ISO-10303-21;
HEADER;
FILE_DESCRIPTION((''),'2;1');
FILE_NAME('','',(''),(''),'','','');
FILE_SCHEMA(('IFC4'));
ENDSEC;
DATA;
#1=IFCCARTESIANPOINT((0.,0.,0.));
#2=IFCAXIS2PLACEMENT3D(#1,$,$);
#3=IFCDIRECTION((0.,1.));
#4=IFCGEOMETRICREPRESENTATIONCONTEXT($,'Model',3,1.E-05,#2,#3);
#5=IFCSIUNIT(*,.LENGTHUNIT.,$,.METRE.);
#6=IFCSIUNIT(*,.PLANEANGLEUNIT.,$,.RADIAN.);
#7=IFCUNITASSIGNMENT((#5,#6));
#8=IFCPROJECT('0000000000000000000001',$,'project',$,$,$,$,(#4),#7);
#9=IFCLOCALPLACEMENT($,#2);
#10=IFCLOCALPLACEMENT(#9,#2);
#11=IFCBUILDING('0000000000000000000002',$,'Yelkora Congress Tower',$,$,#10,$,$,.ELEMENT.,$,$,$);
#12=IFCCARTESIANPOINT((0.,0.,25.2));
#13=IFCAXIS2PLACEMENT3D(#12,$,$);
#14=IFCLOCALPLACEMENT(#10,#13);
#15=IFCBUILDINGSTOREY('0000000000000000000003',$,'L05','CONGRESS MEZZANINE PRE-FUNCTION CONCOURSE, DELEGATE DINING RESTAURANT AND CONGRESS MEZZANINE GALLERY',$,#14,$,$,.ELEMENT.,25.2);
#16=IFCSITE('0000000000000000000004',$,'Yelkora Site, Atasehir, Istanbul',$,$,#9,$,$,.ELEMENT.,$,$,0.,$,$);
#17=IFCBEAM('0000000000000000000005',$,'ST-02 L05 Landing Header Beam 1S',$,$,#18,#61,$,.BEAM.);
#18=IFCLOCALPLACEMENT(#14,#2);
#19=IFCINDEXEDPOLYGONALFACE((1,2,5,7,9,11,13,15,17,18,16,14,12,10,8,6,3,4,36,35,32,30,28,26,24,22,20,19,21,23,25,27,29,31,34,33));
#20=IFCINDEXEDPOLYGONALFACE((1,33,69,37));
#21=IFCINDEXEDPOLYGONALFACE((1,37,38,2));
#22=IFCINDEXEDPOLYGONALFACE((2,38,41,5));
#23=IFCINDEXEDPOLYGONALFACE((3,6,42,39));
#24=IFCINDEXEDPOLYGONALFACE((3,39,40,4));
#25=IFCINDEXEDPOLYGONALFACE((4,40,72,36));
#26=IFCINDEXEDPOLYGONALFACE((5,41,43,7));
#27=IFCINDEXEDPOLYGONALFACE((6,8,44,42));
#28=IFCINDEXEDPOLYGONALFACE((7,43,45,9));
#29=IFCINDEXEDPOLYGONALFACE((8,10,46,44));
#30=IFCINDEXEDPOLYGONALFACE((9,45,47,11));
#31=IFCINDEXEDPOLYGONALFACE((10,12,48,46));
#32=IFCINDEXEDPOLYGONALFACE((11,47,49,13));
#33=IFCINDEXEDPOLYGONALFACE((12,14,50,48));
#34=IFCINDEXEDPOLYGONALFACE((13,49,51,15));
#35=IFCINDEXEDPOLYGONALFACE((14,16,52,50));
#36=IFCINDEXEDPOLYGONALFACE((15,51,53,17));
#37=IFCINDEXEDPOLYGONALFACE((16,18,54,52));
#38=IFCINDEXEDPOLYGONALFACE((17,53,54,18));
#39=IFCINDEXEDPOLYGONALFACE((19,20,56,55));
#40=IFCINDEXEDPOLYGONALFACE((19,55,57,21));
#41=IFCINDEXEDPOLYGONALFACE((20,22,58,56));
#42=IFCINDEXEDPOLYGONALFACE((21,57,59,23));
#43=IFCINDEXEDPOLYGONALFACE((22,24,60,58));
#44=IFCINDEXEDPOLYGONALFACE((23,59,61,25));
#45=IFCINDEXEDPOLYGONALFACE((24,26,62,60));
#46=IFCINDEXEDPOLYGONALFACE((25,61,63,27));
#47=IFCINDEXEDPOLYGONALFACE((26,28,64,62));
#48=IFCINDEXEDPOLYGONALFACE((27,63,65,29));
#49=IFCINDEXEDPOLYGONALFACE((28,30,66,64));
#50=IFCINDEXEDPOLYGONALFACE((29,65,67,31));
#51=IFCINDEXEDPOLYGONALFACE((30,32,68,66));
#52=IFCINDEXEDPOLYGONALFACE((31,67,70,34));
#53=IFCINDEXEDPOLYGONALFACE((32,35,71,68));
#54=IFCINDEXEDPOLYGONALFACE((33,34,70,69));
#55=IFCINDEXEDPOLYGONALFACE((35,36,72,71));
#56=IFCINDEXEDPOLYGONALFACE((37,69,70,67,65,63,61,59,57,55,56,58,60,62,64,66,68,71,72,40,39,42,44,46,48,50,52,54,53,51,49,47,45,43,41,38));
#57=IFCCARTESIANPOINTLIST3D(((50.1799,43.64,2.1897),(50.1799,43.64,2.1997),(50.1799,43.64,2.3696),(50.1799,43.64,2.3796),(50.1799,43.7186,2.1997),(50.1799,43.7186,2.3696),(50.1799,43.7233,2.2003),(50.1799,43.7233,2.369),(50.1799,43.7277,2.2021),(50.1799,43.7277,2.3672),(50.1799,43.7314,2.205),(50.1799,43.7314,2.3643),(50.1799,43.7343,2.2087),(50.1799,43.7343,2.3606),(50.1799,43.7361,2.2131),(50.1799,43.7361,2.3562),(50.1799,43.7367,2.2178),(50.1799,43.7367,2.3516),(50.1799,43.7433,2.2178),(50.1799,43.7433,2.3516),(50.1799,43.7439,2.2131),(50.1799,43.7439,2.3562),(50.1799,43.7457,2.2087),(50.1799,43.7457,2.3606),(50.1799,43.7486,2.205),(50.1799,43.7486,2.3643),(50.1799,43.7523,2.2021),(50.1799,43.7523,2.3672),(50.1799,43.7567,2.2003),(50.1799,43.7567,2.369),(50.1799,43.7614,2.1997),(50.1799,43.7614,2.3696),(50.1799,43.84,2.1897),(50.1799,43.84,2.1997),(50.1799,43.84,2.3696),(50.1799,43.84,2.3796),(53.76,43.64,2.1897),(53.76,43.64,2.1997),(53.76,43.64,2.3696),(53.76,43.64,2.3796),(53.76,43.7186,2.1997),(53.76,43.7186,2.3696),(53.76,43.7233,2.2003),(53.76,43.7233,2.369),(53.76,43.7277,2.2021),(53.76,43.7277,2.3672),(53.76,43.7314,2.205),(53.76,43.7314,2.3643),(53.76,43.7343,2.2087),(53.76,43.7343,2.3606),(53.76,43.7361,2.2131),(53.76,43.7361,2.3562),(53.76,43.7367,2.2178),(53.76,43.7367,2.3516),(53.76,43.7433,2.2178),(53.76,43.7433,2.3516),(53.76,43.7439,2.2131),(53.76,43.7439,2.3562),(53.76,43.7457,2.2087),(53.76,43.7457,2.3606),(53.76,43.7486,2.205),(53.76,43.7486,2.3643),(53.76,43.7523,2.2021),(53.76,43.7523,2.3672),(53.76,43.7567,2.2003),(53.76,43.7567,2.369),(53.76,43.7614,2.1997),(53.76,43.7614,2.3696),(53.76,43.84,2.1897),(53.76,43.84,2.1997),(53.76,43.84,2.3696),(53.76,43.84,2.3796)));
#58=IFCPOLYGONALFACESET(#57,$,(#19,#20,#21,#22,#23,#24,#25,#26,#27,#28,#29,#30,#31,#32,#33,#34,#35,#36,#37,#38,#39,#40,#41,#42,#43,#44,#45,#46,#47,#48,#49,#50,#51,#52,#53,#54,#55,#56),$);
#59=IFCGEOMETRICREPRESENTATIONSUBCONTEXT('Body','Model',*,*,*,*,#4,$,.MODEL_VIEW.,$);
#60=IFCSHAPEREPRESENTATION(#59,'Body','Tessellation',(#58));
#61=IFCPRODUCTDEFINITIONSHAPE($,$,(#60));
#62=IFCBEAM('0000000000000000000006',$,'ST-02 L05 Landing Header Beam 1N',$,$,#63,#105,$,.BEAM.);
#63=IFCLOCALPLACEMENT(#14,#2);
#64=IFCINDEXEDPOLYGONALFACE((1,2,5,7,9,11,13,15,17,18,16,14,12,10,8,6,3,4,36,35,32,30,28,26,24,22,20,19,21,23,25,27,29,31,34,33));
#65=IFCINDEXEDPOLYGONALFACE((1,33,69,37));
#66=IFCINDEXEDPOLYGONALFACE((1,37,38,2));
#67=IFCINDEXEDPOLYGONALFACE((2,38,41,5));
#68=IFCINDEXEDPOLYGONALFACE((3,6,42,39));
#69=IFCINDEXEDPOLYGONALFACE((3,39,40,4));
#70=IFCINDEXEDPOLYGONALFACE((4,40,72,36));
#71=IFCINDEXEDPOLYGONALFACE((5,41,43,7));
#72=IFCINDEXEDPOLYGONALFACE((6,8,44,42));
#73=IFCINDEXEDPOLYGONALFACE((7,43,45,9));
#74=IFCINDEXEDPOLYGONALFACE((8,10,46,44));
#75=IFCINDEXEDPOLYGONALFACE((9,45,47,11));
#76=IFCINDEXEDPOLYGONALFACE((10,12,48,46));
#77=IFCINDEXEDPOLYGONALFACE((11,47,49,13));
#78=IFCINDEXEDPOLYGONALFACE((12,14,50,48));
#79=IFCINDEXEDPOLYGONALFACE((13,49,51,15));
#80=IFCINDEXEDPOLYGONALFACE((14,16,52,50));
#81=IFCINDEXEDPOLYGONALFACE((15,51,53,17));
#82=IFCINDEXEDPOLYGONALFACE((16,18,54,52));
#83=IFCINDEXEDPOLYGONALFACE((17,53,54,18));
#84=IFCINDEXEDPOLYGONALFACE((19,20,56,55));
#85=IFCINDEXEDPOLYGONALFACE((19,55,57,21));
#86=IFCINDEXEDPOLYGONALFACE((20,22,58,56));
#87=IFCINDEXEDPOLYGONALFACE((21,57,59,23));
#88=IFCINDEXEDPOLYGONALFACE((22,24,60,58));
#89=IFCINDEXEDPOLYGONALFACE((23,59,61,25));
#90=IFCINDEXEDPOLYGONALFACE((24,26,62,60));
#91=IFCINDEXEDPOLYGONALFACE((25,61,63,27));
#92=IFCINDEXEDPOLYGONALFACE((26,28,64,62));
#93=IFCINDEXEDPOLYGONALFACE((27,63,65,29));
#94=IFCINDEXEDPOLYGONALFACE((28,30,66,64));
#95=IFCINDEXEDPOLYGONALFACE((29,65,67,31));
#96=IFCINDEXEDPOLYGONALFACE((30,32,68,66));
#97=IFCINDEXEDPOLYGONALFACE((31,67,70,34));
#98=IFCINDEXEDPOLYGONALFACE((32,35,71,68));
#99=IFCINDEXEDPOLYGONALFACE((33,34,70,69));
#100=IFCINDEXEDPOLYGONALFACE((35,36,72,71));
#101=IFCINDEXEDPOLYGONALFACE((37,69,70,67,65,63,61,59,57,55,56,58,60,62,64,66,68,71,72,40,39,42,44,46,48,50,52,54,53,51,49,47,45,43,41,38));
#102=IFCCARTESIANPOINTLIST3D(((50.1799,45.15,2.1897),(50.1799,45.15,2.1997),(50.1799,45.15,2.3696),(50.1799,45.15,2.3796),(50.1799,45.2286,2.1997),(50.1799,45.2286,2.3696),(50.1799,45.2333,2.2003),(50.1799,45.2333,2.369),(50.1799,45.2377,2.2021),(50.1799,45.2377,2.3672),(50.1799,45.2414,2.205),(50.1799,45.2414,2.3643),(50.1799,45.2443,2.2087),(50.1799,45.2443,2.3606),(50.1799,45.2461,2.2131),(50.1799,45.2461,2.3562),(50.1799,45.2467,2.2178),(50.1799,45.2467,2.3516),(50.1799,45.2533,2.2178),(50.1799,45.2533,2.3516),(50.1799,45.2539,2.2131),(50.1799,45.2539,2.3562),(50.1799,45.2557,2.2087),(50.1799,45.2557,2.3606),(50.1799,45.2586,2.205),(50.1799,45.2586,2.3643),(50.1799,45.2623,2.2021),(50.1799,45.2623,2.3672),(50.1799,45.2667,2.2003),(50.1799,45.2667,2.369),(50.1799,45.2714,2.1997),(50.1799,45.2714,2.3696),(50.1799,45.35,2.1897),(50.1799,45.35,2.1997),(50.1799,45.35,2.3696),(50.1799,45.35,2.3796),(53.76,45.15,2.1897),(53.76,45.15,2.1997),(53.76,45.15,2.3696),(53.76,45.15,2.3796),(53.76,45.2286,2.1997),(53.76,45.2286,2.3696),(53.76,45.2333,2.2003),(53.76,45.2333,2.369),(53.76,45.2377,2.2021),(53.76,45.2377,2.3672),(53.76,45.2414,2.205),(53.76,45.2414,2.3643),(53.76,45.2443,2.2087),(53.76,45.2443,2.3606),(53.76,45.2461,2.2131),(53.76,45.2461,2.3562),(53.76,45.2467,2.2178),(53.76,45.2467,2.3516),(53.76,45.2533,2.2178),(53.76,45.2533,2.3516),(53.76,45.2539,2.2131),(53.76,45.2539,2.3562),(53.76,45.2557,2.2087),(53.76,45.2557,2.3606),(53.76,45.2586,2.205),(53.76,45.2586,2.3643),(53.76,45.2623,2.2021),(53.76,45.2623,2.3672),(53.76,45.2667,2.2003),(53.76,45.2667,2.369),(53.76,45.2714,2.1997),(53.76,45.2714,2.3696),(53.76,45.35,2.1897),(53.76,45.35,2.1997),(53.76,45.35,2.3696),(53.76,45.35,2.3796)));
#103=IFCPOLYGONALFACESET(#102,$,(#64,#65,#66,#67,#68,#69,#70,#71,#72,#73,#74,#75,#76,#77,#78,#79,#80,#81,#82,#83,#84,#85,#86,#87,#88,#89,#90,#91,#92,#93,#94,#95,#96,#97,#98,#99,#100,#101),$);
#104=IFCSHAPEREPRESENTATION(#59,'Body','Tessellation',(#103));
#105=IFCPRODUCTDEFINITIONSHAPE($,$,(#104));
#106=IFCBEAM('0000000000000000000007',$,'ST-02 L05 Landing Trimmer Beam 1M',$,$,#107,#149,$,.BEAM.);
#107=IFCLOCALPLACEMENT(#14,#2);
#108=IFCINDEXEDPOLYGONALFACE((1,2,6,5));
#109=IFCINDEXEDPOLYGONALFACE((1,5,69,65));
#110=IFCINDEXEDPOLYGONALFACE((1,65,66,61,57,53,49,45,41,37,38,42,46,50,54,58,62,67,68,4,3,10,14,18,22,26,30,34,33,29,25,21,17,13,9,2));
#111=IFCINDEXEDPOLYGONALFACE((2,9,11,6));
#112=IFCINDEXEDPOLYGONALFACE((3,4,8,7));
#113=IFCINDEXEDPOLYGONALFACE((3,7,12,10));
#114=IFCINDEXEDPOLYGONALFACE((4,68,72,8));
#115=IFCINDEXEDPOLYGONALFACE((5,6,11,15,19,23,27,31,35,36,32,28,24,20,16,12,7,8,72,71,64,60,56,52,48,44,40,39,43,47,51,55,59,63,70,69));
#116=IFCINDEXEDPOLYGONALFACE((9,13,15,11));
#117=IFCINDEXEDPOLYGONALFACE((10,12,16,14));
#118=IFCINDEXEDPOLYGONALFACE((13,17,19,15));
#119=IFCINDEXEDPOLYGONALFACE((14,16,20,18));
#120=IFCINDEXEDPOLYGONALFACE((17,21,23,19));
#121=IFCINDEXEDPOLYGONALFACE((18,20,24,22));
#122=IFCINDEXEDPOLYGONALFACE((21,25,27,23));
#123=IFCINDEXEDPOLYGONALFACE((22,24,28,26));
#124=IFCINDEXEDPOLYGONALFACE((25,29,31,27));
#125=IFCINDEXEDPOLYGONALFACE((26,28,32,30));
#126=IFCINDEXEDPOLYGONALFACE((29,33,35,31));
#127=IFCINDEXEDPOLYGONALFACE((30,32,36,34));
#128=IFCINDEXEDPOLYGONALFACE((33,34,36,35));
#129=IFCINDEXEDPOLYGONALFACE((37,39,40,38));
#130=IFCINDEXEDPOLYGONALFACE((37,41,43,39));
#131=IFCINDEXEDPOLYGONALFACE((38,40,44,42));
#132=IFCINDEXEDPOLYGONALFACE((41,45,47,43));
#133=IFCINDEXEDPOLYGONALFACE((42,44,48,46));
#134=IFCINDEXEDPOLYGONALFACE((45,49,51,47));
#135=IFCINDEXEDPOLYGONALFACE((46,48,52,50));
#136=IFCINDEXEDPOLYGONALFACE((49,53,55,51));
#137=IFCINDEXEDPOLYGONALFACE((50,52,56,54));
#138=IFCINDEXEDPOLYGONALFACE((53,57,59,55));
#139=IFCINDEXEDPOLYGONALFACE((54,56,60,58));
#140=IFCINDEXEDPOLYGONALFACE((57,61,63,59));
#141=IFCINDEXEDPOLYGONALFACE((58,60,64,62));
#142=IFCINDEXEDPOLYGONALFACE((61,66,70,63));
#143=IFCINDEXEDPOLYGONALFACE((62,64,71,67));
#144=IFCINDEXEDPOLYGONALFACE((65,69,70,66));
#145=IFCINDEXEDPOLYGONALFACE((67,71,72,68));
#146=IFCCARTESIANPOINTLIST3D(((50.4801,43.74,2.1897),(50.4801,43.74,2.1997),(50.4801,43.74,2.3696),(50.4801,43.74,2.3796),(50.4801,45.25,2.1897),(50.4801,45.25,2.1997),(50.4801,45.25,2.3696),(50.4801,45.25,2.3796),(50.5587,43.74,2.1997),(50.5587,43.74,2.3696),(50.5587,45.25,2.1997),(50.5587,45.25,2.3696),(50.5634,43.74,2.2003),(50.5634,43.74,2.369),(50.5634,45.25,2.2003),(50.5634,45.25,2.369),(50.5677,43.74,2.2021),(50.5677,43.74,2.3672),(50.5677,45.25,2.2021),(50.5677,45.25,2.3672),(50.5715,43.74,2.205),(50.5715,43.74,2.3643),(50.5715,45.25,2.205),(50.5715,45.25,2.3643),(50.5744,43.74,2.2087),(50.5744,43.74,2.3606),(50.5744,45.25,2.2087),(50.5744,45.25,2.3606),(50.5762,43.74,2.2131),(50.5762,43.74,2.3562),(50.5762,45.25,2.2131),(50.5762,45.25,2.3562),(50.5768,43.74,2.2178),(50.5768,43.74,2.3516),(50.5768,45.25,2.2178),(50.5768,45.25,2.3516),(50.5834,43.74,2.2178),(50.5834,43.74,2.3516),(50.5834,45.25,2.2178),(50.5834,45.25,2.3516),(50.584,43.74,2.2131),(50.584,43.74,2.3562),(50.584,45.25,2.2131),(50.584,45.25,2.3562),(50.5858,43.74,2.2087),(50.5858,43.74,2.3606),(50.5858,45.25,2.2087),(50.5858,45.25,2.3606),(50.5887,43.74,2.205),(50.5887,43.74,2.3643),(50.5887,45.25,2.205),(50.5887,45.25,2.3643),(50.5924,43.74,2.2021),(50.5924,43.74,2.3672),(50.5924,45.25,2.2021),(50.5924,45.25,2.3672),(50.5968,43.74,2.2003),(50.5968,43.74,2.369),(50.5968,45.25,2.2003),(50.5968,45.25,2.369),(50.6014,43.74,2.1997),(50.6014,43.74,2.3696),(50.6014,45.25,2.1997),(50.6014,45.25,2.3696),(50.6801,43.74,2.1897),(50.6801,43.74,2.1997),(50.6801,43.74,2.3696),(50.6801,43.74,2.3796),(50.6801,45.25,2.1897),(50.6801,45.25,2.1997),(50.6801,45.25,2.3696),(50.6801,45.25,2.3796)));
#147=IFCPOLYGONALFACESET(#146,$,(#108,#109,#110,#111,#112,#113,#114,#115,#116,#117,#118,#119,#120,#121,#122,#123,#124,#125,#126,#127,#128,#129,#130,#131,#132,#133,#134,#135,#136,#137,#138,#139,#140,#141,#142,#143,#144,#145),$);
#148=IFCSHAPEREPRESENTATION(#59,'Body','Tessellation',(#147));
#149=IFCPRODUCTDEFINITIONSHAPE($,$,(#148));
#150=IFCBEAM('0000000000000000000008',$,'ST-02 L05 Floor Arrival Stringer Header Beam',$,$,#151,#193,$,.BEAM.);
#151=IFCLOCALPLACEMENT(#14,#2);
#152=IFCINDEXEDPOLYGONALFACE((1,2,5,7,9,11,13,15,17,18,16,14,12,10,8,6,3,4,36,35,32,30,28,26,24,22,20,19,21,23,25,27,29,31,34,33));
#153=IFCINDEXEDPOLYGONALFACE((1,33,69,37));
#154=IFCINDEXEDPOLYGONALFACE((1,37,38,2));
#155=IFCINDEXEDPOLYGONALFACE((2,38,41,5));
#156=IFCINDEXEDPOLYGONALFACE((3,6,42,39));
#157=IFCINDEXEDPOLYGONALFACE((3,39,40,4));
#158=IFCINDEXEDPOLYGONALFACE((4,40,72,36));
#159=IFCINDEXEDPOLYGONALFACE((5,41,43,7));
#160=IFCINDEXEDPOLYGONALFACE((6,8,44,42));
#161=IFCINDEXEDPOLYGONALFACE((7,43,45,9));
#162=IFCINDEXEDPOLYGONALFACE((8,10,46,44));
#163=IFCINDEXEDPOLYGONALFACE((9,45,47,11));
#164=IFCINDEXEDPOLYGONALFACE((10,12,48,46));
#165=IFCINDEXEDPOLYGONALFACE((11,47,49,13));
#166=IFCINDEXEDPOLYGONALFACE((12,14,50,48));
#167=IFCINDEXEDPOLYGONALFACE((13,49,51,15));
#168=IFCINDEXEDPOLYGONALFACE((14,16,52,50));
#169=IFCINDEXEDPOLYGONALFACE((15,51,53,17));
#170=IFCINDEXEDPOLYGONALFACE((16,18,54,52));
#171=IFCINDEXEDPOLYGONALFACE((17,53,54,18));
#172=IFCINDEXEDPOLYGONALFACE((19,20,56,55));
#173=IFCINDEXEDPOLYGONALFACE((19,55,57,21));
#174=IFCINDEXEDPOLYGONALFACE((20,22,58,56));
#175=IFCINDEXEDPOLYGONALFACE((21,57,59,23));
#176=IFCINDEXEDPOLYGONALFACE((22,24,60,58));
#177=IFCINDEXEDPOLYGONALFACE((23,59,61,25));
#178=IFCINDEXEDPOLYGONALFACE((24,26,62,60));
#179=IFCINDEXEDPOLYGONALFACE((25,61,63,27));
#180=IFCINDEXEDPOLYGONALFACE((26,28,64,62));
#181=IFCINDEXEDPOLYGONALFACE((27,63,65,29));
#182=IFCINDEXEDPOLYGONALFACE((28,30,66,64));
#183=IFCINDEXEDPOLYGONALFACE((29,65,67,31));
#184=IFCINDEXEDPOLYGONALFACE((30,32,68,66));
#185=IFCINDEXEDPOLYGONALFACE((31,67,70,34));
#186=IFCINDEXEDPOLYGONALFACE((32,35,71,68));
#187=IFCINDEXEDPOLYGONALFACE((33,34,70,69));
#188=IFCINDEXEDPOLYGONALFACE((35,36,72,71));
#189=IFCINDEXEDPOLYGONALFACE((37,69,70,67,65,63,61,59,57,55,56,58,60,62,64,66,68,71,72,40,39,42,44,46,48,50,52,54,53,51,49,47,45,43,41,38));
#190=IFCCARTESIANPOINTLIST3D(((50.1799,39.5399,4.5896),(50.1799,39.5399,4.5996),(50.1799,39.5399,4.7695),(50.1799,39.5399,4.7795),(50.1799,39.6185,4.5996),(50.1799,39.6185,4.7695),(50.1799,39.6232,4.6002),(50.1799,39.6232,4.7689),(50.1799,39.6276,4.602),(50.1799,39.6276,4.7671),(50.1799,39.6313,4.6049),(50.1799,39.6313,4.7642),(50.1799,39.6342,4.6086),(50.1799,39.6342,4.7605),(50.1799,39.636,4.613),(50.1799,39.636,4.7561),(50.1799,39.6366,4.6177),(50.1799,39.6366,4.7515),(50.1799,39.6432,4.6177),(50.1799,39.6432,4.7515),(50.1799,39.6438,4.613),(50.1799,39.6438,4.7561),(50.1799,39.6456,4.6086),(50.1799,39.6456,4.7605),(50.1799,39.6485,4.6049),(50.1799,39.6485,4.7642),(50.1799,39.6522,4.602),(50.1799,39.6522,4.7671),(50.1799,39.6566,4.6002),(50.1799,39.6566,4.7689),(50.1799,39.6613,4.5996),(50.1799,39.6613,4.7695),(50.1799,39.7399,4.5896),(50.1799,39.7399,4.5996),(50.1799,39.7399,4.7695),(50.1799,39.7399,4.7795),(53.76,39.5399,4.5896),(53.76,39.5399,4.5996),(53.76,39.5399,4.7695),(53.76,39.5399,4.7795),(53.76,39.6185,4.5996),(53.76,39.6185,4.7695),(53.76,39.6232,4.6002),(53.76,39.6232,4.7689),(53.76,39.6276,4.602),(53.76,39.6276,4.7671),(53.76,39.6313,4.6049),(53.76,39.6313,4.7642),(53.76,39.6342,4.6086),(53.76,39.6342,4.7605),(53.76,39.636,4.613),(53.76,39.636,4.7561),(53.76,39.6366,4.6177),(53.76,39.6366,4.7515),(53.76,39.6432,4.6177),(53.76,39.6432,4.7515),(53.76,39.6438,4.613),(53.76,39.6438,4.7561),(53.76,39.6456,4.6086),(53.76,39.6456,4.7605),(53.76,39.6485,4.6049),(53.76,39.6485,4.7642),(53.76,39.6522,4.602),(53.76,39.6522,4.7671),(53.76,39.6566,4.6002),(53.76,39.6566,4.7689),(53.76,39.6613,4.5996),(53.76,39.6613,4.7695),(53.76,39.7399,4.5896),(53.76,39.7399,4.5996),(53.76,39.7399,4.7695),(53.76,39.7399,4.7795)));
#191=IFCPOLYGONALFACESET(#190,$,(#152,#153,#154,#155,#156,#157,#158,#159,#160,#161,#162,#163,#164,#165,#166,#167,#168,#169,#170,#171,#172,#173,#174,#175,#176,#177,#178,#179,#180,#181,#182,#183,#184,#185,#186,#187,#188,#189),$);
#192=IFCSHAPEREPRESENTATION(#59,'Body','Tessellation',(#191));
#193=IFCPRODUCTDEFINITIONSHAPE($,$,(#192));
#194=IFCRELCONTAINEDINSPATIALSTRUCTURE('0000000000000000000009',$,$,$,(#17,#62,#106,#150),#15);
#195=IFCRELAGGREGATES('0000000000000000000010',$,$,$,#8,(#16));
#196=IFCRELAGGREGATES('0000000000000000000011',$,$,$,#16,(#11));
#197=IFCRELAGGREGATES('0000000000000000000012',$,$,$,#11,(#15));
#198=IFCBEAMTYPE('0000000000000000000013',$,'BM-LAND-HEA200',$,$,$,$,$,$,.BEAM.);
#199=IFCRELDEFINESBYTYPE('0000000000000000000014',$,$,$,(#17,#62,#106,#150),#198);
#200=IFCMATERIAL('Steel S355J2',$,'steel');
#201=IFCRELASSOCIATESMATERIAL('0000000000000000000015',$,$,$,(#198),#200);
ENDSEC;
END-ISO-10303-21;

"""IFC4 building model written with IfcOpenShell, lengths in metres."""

from ifc_helpers import new_model, si_unit, direction, frame, origin, origin_2d, place, context, subcontext, project, spatial, i_section, extrude, material, material_profile, profile_set, type_object, element, save


model = new_model("IFC4")

# Units and contexts
model_context = context("Model", 3, precision=1e-05, world=origin(), true_north=direction((0.0, 1.0)))
body_context = subcontext(model_context, "Body", "Model", "MODEL_VIEW")
ifc_project = project(units=[si_unit("LENGTHUNIT", "METRE"), si_unit("PLANEANGLEUNIT", "RADIAN")], contexts=[model_context])

# Site, building, storey
site_placement = place(None, origin())
site = spatial("IfcSite", under=ifc_project, at=site_placement, Name="Yelkora Site, Atasehir, Istanbul", CompositionType="ELEMENT", RefElevation=0.0)
building_placement = place(site_placement, origin())
building = spatial("IfcBuilding", under=site, at=building_placement, Name="Yelkora Congress Tower", CompositionType="ELEMENT")
storey_placement = place(building_placement, frame((0.0, 0.0, 25.2)))
storey = spatial("IfcBuildingStorey", under=building, at=storey_placement, Name="L05", Description="CONGRESS MEZZANINE PRE-FUNCTION CONCOURSE, DELEGATE DINING RESTAURANT AND CONGRESS MEZZANINE GALLERY", CompositionType="ELEMENT", Elevation=25.2)

# Beams
ifc_material_1 = material(Name="Steel S355J2", Category="steel")
ifc_material_profile = material_profile(ifc_material_1, i_section(OverallWidth=0.2, OverallDepth=0.1899, WebThickness=0.0066, FlangeThickness=0.01, FilletRadius=0.0181, at=origin_2d()), Name="HEA 200")
ifc_profile_set = profile_set([ifc_material_profile], Name="Steel S355J2")
beam_type = type_object("IfcBeamType", Name="BM-LAND-HEA200", PredefinedType="BEAM", material=ifc_profile_set)
for number, where, z_axis, x_axis, name in (
    (1, (50.1799, 43.74, 2.2847), (1.0, 0.0, 0.0), (0.0, 1.0, 0.0), "ST-02 L05 Landing Header Beam 1S"),
    (2, (50.1799, 45.25, 2.2847), (1.0, 0.0, 0.0), (0.0, 1.0, 0.0), "ST-02 L05 Landing Header Beam 1N"),
):
    element("IfcBeam", number, at=place(storey_placement, frame(where, z_axis=z_axis, x_axis=x_axis)), inside=storey, type_object=beam_type, Name=name, PredefinedType="BEAM", context=body_context, shape_type="SweptSolid", body=[
        extrude(i_section(OverallWidth=0.2, OverallDepth=0.1899, WebThickness=0.0066, FlangeThickness=0.01, FilletRadius=0.0181, at=origin_2d()), origin(), (0.0, 0.0, 1.0), 3.5801),
    ])
beam_1_placement = place(storey_placement, frame((50.5801, 43.74, 2.2847), z_axis=(0.0, 1.0, 0.0), x_axis=(-1.0, 0.0, 0.0)))
element("IfcBeam", 3, at=beam_1_placement, inside=storey, type_object=beam_type, Name="ST-02 L05 Landing Trimmer Beam 1M", PredefinedType="BEAM", context=body_context, shape_type="SweptSolid", body=[
    extrude(i_section(OverallWidth=0.2, OverallDepth=0.1899, WebThickness=0.0066, FlangeThickness=0.01, FilletRadius=0.0181, at=origin_2d()), origin(), (0.0, 0.0, 1.0), 1.51),
])
beam_2_placement = place(storey_placement, frame((50.1799, 39.6399, 4.6846), z_axis=(1.0, 0.0, 0.0), x_axis=(0.0, 1.0, 0.0)))
element("IfcBeam", 4, at=beam_2_placement, inside=storey, type_object=beam_type, Name="ST-02 L05 Floor Arrival Stringer Header Beam", PredefinedType="BEAM", context=body_context, shape_type="SweptSolid", body=[
    extrude(i_section(OverallWidth=0.2, OverallDepth=0.1899, WebThickness=0.0066, FlangeThickness=0.01, FilletRadius=0.0181, at=origin_2d()), origin(), (0.0, 0.0, 1.0), 3.5801),
])

save(model, "model.ifc")
